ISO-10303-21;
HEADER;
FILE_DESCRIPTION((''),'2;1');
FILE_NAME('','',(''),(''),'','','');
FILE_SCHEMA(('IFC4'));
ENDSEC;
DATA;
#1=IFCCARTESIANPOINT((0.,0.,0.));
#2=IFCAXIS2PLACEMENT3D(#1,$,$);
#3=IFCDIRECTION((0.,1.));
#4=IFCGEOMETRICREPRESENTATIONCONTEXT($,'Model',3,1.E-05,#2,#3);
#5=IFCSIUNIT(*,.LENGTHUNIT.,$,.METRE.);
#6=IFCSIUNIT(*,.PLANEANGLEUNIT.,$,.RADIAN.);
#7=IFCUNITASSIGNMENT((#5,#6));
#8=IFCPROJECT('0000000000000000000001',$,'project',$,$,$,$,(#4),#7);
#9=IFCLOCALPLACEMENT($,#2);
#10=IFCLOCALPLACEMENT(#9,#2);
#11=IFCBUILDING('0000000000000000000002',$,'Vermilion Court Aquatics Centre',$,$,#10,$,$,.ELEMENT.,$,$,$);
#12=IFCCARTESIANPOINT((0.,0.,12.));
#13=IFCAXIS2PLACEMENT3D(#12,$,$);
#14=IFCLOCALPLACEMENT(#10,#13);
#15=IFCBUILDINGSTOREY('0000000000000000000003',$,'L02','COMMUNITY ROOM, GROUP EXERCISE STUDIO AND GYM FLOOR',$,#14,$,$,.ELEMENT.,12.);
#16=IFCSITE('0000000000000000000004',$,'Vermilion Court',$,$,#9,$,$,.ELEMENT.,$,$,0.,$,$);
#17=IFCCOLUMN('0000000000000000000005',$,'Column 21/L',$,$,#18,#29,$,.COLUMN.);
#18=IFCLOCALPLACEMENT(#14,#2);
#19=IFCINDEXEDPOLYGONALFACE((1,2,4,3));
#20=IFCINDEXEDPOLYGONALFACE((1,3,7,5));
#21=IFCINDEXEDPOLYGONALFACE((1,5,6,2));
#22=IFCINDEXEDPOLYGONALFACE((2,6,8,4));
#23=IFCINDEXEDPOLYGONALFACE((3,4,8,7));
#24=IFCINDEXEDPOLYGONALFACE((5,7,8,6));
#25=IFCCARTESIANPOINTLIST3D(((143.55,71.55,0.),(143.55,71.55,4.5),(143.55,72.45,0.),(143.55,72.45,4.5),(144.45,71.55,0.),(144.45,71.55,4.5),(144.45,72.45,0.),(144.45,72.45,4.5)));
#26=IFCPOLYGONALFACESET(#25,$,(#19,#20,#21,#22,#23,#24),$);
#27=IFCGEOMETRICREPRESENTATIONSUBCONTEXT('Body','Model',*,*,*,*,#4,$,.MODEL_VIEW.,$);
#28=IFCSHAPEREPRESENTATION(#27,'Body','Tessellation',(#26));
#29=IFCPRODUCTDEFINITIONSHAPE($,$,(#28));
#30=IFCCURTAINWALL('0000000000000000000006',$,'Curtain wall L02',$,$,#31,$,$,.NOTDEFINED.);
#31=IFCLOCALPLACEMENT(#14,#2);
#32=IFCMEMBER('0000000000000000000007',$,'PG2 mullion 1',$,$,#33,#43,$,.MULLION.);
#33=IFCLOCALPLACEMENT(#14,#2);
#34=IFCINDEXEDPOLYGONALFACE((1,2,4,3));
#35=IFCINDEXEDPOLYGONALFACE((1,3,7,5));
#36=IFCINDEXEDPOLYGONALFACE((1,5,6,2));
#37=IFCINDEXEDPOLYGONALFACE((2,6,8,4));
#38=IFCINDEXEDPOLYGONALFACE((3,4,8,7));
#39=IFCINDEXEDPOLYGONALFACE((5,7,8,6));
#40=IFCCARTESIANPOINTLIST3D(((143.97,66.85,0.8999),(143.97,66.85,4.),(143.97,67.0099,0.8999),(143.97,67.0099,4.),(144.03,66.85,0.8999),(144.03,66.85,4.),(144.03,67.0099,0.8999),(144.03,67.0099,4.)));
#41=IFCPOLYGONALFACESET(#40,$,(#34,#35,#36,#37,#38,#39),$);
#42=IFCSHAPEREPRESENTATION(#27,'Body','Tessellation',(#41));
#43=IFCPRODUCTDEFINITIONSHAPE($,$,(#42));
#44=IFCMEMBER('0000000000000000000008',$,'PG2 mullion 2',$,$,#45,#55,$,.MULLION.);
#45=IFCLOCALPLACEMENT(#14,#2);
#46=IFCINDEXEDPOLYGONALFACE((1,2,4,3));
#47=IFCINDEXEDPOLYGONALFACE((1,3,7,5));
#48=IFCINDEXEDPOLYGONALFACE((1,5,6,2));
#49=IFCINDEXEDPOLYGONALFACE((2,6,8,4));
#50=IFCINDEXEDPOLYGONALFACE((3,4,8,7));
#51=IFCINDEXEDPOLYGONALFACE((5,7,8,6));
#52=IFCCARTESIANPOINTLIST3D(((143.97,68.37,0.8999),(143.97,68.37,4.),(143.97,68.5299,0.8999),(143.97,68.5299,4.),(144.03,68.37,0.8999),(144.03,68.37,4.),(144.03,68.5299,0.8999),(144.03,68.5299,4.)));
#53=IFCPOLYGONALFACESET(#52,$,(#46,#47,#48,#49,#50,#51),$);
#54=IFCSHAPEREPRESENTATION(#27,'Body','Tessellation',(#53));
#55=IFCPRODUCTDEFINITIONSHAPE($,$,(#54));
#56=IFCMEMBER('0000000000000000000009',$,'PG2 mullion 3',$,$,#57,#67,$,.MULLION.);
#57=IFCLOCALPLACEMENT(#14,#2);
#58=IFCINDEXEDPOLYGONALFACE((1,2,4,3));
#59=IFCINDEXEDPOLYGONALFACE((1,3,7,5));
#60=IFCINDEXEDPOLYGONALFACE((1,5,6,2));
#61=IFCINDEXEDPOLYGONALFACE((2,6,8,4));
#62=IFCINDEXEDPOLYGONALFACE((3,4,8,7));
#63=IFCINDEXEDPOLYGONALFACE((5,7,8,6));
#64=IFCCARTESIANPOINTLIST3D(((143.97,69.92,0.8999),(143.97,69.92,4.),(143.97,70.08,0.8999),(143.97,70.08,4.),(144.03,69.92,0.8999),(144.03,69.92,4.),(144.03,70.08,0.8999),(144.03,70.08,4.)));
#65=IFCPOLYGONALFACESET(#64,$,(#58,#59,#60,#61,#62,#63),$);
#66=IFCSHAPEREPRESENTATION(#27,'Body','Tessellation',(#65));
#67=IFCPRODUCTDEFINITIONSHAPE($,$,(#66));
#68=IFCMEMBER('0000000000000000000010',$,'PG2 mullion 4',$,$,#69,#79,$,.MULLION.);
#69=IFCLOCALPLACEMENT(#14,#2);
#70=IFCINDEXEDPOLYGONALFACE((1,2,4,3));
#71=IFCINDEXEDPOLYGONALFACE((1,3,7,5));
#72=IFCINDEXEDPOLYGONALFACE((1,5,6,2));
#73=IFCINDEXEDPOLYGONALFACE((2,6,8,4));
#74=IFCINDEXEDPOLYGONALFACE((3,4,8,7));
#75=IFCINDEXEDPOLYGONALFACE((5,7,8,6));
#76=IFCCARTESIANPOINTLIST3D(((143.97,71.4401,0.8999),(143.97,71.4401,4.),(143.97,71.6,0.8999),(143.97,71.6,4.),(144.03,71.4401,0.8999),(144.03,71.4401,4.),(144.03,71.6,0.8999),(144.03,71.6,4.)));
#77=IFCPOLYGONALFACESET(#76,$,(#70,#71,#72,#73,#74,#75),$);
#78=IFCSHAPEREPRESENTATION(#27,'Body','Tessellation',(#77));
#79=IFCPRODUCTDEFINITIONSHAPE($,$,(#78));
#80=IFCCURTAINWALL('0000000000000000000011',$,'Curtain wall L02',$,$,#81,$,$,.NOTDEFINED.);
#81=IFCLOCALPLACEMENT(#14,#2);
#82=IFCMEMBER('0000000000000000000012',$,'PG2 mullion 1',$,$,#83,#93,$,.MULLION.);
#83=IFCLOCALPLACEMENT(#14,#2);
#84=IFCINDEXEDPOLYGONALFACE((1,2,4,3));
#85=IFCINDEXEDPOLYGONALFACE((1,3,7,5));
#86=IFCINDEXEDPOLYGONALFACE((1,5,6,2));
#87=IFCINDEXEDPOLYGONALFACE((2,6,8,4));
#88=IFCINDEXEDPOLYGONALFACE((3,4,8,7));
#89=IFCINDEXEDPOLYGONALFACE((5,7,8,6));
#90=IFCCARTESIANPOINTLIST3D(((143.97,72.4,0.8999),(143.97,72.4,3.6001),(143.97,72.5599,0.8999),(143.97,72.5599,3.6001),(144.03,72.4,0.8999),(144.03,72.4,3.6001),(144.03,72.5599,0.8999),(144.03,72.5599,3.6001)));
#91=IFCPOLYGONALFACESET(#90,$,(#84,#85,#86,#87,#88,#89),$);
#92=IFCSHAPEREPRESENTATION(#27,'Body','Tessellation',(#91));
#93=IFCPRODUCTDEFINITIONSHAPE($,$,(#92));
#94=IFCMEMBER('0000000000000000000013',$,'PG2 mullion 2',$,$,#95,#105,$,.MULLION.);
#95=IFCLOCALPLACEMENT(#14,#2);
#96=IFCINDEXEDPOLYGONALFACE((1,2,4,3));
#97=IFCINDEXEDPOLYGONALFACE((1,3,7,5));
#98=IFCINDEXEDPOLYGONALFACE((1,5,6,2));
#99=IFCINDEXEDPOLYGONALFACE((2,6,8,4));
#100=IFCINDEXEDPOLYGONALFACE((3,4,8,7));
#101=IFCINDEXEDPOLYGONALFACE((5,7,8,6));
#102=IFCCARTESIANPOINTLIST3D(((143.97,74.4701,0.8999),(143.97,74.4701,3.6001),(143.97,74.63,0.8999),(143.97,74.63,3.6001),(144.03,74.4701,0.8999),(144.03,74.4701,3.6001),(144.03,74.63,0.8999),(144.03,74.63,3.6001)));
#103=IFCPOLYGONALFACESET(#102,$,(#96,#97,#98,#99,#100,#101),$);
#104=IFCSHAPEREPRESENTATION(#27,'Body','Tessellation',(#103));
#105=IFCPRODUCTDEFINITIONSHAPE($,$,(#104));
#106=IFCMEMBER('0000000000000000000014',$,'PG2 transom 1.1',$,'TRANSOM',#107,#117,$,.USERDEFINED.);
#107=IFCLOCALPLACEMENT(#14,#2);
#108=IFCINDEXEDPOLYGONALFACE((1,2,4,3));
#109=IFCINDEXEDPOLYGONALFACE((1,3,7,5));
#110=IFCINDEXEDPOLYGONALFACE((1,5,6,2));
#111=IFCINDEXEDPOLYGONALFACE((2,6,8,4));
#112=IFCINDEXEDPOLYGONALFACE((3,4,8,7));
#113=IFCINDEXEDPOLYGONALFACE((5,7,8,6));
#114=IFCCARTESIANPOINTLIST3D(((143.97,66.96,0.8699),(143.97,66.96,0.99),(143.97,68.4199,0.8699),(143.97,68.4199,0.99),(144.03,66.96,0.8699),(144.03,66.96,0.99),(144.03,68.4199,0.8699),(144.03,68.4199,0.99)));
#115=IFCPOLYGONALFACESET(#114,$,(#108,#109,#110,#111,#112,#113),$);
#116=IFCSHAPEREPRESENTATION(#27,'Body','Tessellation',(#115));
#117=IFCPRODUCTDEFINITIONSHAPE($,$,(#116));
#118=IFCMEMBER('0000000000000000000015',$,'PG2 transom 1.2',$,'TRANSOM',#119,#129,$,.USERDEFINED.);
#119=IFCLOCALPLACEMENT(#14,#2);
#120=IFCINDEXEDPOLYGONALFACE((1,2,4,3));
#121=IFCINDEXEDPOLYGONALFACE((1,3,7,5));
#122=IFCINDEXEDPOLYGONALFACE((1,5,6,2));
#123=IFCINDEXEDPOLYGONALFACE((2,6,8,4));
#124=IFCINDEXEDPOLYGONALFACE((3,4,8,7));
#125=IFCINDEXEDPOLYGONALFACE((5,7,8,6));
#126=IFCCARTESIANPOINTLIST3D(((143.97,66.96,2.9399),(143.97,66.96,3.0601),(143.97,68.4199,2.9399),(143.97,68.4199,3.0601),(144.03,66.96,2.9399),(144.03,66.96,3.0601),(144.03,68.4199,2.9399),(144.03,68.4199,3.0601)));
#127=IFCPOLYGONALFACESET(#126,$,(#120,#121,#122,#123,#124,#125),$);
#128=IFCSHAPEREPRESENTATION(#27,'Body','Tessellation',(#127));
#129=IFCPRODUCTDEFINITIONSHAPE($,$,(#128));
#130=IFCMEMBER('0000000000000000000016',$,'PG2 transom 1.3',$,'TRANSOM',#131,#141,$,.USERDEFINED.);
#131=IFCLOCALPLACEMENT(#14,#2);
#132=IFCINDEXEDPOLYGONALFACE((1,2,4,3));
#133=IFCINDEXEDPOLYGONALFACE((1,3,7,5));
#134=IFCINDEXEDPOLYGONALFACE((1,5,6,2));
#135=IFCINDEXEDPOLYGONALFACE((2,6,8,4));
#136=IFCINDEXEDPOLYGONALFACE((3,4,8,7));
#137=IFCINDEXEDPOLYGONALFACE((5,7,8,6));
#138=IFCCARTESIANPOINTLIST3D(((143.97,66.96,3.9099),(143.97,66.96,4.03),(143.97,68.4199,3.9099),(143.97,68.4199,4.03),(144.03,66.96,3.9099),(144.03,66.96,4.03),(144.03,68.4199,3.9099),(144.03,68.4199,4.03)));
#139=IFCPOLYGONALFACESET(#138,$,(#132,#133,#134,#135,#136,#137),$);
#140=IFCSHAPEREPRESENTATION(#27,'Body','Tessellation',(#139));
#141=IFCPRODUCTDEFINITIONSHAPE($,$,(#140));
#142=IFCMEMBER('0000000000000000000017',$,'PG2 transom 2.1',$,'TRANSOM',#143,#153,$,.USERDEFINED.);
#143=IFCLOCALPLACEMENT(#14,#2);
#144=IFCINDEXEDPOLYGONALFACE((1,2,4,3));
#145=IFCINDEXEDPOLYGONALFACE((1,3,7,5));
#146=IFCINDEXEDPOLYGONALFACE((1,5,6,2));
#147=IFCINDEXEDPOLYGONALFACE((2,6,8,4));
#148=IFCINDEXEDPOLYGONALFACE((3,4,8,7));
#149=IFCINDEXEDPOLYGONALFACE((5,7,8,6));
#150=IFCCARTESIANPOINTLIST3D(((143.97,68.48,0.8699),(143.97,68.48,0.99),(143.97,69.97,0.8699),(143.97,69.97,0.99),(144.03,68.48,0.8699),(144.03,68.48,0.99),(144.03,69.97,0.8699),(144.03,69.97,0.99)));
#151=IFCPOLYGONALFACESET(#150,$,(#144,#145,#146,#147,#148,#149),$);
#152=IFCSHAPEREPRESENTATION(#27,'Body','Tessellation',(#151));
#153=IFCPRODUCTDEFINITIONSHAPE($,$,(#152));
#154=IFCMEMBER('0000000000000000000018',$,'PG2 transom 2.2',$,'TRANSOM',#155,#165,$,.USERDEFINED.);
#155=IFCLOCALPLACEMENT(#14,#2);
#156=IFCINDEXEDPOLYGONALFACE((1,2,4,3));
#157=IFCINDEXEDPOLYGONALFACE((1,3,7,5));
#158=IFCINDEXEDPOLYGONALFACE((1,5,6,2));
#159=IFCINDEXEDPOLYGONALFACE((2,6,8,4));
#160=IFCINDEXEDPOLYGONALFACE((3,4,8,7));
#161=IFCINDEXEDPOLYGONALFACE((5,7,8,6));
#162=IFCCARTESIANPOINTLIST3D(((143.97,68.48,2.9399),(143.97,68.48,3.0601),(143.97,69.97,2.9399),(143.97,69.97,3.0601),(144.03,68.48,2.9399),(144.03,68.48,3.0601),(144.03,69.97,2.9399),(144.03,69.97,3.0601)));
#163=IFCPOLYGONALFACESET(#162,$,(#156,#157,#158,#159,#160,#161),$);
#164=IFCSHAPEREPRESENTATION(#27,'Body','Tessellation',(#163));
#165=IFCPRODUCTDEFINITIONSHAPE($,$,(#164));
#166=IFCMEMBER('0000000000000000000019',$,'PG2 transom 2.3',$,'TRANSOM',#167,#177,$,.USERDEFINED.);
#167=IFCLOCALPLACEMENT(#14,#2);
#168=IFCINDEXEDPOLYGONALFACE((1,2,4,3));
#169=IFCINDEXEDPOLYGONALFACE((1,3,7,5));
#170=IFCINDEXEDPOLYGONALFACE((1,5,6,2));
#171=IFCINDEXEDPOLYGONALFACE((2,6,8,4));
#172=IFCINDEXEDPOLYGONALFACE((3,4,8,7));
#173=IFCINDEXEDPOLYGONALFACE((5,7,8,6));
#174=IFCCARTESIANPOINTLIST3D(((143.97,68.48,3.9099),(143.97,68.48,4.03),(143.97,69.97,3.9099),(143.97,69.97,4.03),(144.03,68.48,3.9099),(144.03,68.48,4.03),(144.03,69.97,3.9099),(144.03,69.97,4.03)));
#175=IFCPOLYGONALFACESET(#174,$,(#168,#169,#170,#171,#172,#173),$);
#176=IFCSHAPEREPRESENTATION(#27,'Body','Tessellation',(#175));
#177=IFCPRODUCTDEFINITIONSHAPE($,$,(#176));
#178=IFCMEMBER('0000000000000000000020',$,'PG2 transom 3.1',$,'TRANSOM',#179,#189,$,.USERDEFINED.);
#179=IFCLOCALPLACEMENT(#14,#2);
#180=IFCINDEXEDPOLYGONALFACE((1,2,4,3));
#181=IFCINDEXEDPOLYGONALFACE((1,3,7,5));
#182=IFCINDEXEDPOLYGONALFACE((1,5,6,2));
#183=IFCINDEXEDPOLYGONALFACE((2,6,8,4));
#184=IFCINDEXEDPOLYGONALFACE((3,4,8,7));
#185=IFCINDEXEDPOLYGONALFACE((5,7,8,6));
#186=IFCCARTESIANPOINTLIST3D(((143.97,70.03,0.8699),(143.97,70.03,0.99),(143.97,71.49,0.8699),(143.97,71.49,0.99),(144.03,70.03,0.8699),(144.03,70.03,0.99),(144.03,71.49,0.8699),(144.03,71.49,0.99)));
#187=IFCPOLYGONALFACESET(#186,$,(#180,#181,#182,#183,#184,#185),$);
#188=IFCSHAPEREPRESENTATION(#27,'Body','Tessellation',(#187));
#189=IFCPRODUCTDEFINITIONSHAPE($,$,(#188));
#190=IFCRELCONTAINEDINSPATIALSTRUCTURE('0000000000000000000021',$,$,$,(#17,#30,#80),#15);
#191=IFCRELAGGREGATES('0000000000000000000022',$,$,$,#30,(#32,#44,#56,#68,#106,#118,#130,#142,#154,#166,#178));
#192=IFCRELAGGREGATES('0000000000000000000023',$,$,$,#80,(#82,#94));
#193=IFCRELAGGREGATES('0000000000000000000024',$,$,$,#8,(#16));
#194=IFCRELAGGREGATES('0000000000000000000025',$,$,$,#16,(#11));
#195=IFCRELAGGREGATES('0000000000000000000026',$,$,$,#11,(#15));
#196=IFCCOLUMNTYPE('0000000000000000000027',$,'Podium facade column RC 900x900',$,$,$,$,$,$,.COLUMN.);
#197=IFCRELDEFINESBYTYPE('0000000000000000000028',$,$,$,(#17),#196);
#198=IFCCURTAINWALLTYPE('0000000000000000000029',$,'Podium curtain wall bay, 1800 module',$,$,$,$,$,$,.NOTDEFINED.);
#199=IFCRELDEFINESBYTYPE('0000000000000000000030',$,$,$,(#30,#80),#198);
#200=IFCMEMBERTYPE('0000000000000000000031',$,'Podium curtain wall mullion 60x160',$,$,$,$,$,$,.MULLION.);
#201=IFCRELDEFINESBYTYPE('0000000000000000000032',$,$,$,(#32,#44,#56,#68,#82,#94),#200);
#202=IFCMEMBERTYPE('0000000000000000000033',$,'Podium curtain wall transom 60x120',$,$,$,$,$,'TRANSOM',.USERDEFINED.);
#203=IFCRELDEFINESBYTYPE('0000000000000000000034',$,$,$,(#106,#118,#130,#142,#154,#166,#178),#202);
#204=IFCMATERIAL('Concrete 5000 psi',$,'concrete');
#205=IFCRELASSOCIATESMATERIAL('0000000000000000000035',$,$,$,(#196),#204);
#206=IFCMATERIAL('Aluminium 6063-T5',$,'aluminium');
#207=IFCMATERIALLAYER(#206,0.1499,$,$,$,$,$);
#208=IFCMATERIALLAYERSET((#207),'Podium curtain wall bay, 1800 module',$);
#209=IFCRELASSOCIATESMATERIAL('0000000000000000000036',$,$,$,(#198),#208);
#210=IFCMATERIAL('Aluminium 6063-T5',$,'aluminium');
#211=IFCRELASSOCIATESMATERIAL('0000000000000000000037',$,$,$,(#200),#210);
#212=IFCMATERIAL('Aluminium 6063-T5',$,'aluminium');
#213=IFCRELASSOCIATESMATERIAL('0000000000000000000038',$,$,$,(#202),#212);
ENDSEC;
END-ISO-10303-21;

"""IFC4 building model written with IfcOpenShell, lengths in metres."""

from ifc_helpers import new_model, si_unit, direction, frame, origin, origin_2d, place, context, subcontext, project, spatial, rectangle, extrude, material, layer, layer_set, material_profile, profile_set, type_object, element, aggregate, save


model = new_model("IFC4")

# Units and contexts
model_context = context("Model", 3, precision=1e-05, world=origin(), true_north=direction((0.0, 1.0)))
body_context = subcontext(model_context, "Body", "Model", "MODEL_VIEW")
ifc_project = project(units=[si_unit("LENGTHUNIT", "METRE"), si_unit("PLANEANGLEUNIT", "RADIAN")], contexts=[model_context])

# Site, building, storey
site_placement = place(None, origin())
site = spatial("IfcSite", under=ifc_project, at=site_placement, Name="Vermilion Court", CompositionType="ELEMENT", RefElevation=0.0)
building_placement = place(site_placement, origin())
building = spatial("IfcBuilding", under=site, at=building_placement, Name="Vermilion Court Aquatics Centre", CompositionType="ELEMENT")
storey_placement = place(building_placement, frame((0.0, 0.0, 12.0)))
storey = spatial("IfcBuildingStorey", under=building, at=storey_placement, Name="L02", Description="COMMUNITY ROOM, GROUP EXERCISE STUDIO AND GYM FLOOR", CompositionType="ELEMENT", Elevation=12.0)

# Column
ifc_material_1 = material(Name="Concrete 5000 psi", Category="concrete")
ifc_material_profile_1 = material_profile(ifc_material_1, rectangle(XDim=0.8999, YDim=0.8999, at=origin_2d()), Name="RC 900x900")
ifc_profile_set_1 = profile_set([ifc_material_profile_1], Name="Concrete 5000 psi")
column_type = type_object("IfcColumnType", Name="Podium facade column RC 900x900", PredefinedType="COLUMN", material=ifc_profile_set_1)
column_placement = place(storey_placement, frame((144.0, 72.0, 0.0), z_axis=(0.0, 0.0, 1.0), x_axis=(1.0, 0.0, 0.0)))
element("IfcColumn", 1, at=column_placement, inside=storey, type_object=column_type, Name="Column 21/L", PredefinedType="COLUMN", context=body_context, shape_type="SweptSolid", body=[
    extrude(rectangle(XDim=0.8999, YDim=0.8999, at=origin_2d()), origin(), (0.0, 0.0, 1.0), 4.5),
])

# Curtain walls, members
ifc_material_2 = material(Name="Aluminium 6063-T5", Category="aluminium")
ifc_layer_1 = layer(ifc_material_2, 0.1499)
ifc_layer_set_1 = layer_set([ifc_layer_1], Name="Podium curtain wall bay, 1800 module")
curtain_wall_type = type_object("IfcCurtainWallType", Name="Podium curtain wall bay, 1800 module", PredefinedType="NOTDEFINED", material=ifc_layer_set_1)
curtain_wall_1_placement = place(storey_placement, origin())
curtain_wall_1 = element("IfcCurtainWall", 2, at=curtain_wall_1_placement, inside=storey, type_object=curtain_wall_type, Name="Curtain wall L02", PredefinedType="NOTDEFINED")
ifc_material_3 = material(Name="Aluminium 6063-T5", Category="aluminium")
ifc_material_profile_2 = material_profile(ifc_material_3, rectangle(XDim=0.0601, YDim=0.1599, at=origin_2d()), Name="Mullion 60x160")
ifc_profile_set_2 = profile_set([ifc_material_profile_2], Name="Aluminium 6063-T5")
member_type_1 = type_object("IfcMemberType", Name="Podium curtain wall mullion 60x160", PredefinedType="MULLION", material=ifc_profile_set_2)
member_1_placement = place(storey_placement, frame((144.0, 66.9299, 0.8999), z_axis=(0.0, 0.0, 1.0), x_axis=(-1.0, 0.0, 0.0)))
member_1 = element("IfcMember", 3, at=member_1_placement, type_object=member_type_1, Name="PG2 mullion 1", PredefinedType="MULLION", context=body_context, shape_type="SweptSolid", body=[
    extrude(rectangle(XDim=0.0601, YDim=0.1599, at=origin_2d()), origin(), (0.0, 0.0, 1.0), 3.1001),
])
member_2_placement = place(storey_placement, frame((144.0, 68.45, 0.8999), z_axis=(0.0, 0.0, 1.0), x_axis=(-1.0, 0.0, 0.0)))
member_2 = element("IfcMember", 4, at=member_2_placement, type_object=member_type_1, Name="PG2 mullion 2", PredefinedType="MULLION", context=body_context, shape_type="SweptSolid", body=[
    extrude(rectangle(XDim=0.0601, YDim=0.1599, at=origin_2d()), origin(), (0.0, 0.0, 1.0), 3.1001),
])
member_3_placement = place(storey_placement, frame((144.0, 70.0, 0.8999), z_axis=(0.0, 0.0, 1.0), x_axis=(-1.0, 0.0, 0.0)))
member_3 = element("IfcMember", 5, at=member_3_placement, type_object=member_type_1, Name="PG2 mullion 3", PredefinedType="MULLION", context=body_context, shape_type="SweptSolid", body=[
    extrude(rectangle(XDim=0.0601, YDim=0.1599, at=origin_2d()), origin(), (0.0, 0.0, 1.0), 3.1001),
])
member_4_placement = place(storey_placement, frame((144.0, 71.52, 0.8999), z_axis=(0.0, 0.0, 1.0), x_axis=(-1.0, 0.0, 0.0)))
member_4 = element("IfcMember", 6, at=member_4_placement, type_object=member_type_1, Name="PG2 mullion 4", PredefinedType="MULLION", context=body_context, shape_type="SweptSolid", body=[
    extrude(rectangle(XDim=0.0601, YDim=0.1599, at=origin_2d()), origin(), (0.0, 0.0, 1.0), 3.1001),
])
curtain_wall_2_placement = place(storey_placement, origin())
curtain_wall_2 = element("IfcCurtainWall", 7, at=curtain_wall_2_placement, inside=storey, type_object=curtain_wall_type, Name="Curtain wall L02", PredefinedType="NOTDEFINED")
member_5_placement = place(storey_placement, frame((144.0, 72.48, 0.8999), z_axis=(0.0, 0.0, 1.0), x_axis=(-1.0, 0.0, 0.0)))
member_5 = element("IfcMember", 8, at=member_5_placement, type_object=member_type_1, Name="PG2 mullion 1", PredefinedType="MULLION", context=body_context, shape_type="SweptSolid", body=[
    extrude(rectangle(XDim=0.0601, YDim=0.1599, at=origin_2d()), origin(), (0.0, 0.0, 1.0), 2.7002),
])
member_6_placement = place(storey_placement, frame((144.0, 74.55, 0.8999), z_axis=(0.0, 0.0, 1.0), x_axis=(-1.0, 0.0, 0.0)))
member_6 = element("IfcMember", 9, at=member_6_placement, type_object=member_type_1, Name="PG2 mullion 2", PredefinedType="MULLION", context=body_context, shape_type="SweptSolid", body=[
    extrude(rectangle(XDim=0.0601, YDim=0.1599, at=origin_2d()), origin(), (0.0, 0.0, 1.0), 2.7002),
])

# Members
ifc_material_4 = material(Name="Aluminium 6063-T5", Category="aluminium")
ifc_material_profile_3 = material_profile(ifc_material_4, rectangle(XDim=0.0601, YDim=0.1201, at=origin_2d()), Name="Transom 60x120")
ifc_profile_set_3 = profile_set([ifc_material_profile_3], Name="Aluminium 6063-T5")
member_type_2 = type_object("IfcMemberType", Name="Podium curtain wall transom 60x120", ElementType="TRANSOM", PredefinedType="USERDEFINED", material=ifc_profile_set_3)
member_7_placement = place(storey_placement, frame((144.0, 66.96, 0.9299), z_axis=(0.0, 1.0, 0.0), x_axis=(-1.0, 0.0, 0.0)))
member_7 = element("IfcMember", 10, at=member_7_placement, type_object=member_type_2, Name="PG2 transom 1.1", ObjectType="TRANSOM", PredefinedType="USERDEFINED", context=body_context, shape_type="SweptSolid", body=[
    extrude(rectangle(XDim=0.0601, YDim=0.1201, at=origin_2d()), origin(), (0.0, 0.0, 1.0), 1.46),
])
member_8_placement = place(storey_placement, frame((144.0, 66.96, 3.0), z_axis=(0.0, 1.0, 0.0), x_axis=(-1.0, 0.0, 0.0)))
member_8 = element("IfcMember", 11, at=member_8_placement, type_object=member_type_2, Name="PG2 transom 1.2", ObjectType="TRANSOM", PredefinedType="USERDEFINED", context=body_context, shape_type="SweptSolid", body=[
    extrude(rectangle(XDim=0.0601, YDim=0.1201, at=origin_2d()), origin(), (0.0, 0.0, 1.0), 1.46),
])
member_9_placement = place(storey_placement, frame((144.0, 66.96, 3.97), z_axis=(0.0, 1.0, 0.0), x_axis=(-1.0, 0.0, 0.0)))
member_9 = element("IfcMember", 12, at=member_9_placement, type_object=member_type_2, Name="PG2 transom 1.3", ObjectType="TRANSOM", PredefinedType="USERDEFINED", context=body_context, shape_type="SweptSolid", body=[
    extrude(rectangle(XDim=0.0601, YDim=0.1201, at=origin_2d()), origin(), (0.0, 0.0, 1.0), 1.46),
])
member_10_placement = place(storey_placement, frame((144.0, 68.48, 0.9299), z_axis=(0.0, 1.0, 0.0), x_axis=(-1.0, 0.0, 0.0)))
member_10 = element("IfcMember", 13, at=member_10_placement, type_object=member_type_2, Name="PG2 transom 2.1", ObjectType="TRANSOM", PredefinedType="USERDEFINED", context=body_context, shape_type="SweptSolid", body=[
    extrude(rectangle(XDim=0.0601, YDim=0.1201, at=origin_2d()), origin(), (0.0, 0.0, 1.0), 1.49),
])
member_11_placement = place(storey_placement, frame((144.0, 68.48, 3.0), z_axis=(0.0, 1.0, 0.0), x_axis=(-1.0, 0.0, 0.0)))
member_11 = element("IfcMember", 14, at=member_11_placement, type_object=member_type_2, Name="PG2 transom 2.2", ObjectType="TRANSOM", PredefinedType="USERDEFINED", context=body_context, shape_type="SweptSolid", body=[
    extrude(rectangle(XDim=0.0601, YDim=0.1201, at=origin_2d()), origin(), (0.0, 0.0, 1.0), 1.49),
])
member_12_placement = place(storey_placement, frame((144.0, 68.48, 3.97), z_axis=(0.0, 1.0, 0.0), x_axis=(-1.0, 0.0, 0.0)))
member_12 = element("IfcMember", 15, at=member_12_placement, type_object=member_type_2, Name="PG2 transom 2.3", ObjectType="TRANSOM", PredefinedType="USERDEFINED", context=body_context, shape_type="SweptSolid", body=[
    extrude(rectangle(XDim=0.0601, YDim=0.1201, at=origin_2d()), origin(), (0.0, 0.0, 1.0), 1.49),
])
member_13_placement = place(storey_placement, frame((144.0, 70.03, 0.9299), z_axis=(0.0, 1.0, 0.0), x_axis=(-1.0, 0.0, 0.0)))
member_13 = element("IfcMember", 16, at=member_13_placement, type_object=member_type_2, Name="PG2 transom 3.1", ObjectType="TRANSOM", PredefinedType="USERDEFINED", context=body_context, shape_type="SweptSolid", body=[
    extrude(rectangle(XDim=0.0601, YDim=0.1201, at=origin_2d()), origin(), (0.0, 0.0, 1.0), 1.46),
])

aggregate(curtain_wall_1, [member_1, member_2, member_3, member_4, member_7, member_8, member_9, member_10, member_11, member_12, member_13])
aggregate(curtain_wall_2, [member_5, member_6])

save(model, "model.ifc")
